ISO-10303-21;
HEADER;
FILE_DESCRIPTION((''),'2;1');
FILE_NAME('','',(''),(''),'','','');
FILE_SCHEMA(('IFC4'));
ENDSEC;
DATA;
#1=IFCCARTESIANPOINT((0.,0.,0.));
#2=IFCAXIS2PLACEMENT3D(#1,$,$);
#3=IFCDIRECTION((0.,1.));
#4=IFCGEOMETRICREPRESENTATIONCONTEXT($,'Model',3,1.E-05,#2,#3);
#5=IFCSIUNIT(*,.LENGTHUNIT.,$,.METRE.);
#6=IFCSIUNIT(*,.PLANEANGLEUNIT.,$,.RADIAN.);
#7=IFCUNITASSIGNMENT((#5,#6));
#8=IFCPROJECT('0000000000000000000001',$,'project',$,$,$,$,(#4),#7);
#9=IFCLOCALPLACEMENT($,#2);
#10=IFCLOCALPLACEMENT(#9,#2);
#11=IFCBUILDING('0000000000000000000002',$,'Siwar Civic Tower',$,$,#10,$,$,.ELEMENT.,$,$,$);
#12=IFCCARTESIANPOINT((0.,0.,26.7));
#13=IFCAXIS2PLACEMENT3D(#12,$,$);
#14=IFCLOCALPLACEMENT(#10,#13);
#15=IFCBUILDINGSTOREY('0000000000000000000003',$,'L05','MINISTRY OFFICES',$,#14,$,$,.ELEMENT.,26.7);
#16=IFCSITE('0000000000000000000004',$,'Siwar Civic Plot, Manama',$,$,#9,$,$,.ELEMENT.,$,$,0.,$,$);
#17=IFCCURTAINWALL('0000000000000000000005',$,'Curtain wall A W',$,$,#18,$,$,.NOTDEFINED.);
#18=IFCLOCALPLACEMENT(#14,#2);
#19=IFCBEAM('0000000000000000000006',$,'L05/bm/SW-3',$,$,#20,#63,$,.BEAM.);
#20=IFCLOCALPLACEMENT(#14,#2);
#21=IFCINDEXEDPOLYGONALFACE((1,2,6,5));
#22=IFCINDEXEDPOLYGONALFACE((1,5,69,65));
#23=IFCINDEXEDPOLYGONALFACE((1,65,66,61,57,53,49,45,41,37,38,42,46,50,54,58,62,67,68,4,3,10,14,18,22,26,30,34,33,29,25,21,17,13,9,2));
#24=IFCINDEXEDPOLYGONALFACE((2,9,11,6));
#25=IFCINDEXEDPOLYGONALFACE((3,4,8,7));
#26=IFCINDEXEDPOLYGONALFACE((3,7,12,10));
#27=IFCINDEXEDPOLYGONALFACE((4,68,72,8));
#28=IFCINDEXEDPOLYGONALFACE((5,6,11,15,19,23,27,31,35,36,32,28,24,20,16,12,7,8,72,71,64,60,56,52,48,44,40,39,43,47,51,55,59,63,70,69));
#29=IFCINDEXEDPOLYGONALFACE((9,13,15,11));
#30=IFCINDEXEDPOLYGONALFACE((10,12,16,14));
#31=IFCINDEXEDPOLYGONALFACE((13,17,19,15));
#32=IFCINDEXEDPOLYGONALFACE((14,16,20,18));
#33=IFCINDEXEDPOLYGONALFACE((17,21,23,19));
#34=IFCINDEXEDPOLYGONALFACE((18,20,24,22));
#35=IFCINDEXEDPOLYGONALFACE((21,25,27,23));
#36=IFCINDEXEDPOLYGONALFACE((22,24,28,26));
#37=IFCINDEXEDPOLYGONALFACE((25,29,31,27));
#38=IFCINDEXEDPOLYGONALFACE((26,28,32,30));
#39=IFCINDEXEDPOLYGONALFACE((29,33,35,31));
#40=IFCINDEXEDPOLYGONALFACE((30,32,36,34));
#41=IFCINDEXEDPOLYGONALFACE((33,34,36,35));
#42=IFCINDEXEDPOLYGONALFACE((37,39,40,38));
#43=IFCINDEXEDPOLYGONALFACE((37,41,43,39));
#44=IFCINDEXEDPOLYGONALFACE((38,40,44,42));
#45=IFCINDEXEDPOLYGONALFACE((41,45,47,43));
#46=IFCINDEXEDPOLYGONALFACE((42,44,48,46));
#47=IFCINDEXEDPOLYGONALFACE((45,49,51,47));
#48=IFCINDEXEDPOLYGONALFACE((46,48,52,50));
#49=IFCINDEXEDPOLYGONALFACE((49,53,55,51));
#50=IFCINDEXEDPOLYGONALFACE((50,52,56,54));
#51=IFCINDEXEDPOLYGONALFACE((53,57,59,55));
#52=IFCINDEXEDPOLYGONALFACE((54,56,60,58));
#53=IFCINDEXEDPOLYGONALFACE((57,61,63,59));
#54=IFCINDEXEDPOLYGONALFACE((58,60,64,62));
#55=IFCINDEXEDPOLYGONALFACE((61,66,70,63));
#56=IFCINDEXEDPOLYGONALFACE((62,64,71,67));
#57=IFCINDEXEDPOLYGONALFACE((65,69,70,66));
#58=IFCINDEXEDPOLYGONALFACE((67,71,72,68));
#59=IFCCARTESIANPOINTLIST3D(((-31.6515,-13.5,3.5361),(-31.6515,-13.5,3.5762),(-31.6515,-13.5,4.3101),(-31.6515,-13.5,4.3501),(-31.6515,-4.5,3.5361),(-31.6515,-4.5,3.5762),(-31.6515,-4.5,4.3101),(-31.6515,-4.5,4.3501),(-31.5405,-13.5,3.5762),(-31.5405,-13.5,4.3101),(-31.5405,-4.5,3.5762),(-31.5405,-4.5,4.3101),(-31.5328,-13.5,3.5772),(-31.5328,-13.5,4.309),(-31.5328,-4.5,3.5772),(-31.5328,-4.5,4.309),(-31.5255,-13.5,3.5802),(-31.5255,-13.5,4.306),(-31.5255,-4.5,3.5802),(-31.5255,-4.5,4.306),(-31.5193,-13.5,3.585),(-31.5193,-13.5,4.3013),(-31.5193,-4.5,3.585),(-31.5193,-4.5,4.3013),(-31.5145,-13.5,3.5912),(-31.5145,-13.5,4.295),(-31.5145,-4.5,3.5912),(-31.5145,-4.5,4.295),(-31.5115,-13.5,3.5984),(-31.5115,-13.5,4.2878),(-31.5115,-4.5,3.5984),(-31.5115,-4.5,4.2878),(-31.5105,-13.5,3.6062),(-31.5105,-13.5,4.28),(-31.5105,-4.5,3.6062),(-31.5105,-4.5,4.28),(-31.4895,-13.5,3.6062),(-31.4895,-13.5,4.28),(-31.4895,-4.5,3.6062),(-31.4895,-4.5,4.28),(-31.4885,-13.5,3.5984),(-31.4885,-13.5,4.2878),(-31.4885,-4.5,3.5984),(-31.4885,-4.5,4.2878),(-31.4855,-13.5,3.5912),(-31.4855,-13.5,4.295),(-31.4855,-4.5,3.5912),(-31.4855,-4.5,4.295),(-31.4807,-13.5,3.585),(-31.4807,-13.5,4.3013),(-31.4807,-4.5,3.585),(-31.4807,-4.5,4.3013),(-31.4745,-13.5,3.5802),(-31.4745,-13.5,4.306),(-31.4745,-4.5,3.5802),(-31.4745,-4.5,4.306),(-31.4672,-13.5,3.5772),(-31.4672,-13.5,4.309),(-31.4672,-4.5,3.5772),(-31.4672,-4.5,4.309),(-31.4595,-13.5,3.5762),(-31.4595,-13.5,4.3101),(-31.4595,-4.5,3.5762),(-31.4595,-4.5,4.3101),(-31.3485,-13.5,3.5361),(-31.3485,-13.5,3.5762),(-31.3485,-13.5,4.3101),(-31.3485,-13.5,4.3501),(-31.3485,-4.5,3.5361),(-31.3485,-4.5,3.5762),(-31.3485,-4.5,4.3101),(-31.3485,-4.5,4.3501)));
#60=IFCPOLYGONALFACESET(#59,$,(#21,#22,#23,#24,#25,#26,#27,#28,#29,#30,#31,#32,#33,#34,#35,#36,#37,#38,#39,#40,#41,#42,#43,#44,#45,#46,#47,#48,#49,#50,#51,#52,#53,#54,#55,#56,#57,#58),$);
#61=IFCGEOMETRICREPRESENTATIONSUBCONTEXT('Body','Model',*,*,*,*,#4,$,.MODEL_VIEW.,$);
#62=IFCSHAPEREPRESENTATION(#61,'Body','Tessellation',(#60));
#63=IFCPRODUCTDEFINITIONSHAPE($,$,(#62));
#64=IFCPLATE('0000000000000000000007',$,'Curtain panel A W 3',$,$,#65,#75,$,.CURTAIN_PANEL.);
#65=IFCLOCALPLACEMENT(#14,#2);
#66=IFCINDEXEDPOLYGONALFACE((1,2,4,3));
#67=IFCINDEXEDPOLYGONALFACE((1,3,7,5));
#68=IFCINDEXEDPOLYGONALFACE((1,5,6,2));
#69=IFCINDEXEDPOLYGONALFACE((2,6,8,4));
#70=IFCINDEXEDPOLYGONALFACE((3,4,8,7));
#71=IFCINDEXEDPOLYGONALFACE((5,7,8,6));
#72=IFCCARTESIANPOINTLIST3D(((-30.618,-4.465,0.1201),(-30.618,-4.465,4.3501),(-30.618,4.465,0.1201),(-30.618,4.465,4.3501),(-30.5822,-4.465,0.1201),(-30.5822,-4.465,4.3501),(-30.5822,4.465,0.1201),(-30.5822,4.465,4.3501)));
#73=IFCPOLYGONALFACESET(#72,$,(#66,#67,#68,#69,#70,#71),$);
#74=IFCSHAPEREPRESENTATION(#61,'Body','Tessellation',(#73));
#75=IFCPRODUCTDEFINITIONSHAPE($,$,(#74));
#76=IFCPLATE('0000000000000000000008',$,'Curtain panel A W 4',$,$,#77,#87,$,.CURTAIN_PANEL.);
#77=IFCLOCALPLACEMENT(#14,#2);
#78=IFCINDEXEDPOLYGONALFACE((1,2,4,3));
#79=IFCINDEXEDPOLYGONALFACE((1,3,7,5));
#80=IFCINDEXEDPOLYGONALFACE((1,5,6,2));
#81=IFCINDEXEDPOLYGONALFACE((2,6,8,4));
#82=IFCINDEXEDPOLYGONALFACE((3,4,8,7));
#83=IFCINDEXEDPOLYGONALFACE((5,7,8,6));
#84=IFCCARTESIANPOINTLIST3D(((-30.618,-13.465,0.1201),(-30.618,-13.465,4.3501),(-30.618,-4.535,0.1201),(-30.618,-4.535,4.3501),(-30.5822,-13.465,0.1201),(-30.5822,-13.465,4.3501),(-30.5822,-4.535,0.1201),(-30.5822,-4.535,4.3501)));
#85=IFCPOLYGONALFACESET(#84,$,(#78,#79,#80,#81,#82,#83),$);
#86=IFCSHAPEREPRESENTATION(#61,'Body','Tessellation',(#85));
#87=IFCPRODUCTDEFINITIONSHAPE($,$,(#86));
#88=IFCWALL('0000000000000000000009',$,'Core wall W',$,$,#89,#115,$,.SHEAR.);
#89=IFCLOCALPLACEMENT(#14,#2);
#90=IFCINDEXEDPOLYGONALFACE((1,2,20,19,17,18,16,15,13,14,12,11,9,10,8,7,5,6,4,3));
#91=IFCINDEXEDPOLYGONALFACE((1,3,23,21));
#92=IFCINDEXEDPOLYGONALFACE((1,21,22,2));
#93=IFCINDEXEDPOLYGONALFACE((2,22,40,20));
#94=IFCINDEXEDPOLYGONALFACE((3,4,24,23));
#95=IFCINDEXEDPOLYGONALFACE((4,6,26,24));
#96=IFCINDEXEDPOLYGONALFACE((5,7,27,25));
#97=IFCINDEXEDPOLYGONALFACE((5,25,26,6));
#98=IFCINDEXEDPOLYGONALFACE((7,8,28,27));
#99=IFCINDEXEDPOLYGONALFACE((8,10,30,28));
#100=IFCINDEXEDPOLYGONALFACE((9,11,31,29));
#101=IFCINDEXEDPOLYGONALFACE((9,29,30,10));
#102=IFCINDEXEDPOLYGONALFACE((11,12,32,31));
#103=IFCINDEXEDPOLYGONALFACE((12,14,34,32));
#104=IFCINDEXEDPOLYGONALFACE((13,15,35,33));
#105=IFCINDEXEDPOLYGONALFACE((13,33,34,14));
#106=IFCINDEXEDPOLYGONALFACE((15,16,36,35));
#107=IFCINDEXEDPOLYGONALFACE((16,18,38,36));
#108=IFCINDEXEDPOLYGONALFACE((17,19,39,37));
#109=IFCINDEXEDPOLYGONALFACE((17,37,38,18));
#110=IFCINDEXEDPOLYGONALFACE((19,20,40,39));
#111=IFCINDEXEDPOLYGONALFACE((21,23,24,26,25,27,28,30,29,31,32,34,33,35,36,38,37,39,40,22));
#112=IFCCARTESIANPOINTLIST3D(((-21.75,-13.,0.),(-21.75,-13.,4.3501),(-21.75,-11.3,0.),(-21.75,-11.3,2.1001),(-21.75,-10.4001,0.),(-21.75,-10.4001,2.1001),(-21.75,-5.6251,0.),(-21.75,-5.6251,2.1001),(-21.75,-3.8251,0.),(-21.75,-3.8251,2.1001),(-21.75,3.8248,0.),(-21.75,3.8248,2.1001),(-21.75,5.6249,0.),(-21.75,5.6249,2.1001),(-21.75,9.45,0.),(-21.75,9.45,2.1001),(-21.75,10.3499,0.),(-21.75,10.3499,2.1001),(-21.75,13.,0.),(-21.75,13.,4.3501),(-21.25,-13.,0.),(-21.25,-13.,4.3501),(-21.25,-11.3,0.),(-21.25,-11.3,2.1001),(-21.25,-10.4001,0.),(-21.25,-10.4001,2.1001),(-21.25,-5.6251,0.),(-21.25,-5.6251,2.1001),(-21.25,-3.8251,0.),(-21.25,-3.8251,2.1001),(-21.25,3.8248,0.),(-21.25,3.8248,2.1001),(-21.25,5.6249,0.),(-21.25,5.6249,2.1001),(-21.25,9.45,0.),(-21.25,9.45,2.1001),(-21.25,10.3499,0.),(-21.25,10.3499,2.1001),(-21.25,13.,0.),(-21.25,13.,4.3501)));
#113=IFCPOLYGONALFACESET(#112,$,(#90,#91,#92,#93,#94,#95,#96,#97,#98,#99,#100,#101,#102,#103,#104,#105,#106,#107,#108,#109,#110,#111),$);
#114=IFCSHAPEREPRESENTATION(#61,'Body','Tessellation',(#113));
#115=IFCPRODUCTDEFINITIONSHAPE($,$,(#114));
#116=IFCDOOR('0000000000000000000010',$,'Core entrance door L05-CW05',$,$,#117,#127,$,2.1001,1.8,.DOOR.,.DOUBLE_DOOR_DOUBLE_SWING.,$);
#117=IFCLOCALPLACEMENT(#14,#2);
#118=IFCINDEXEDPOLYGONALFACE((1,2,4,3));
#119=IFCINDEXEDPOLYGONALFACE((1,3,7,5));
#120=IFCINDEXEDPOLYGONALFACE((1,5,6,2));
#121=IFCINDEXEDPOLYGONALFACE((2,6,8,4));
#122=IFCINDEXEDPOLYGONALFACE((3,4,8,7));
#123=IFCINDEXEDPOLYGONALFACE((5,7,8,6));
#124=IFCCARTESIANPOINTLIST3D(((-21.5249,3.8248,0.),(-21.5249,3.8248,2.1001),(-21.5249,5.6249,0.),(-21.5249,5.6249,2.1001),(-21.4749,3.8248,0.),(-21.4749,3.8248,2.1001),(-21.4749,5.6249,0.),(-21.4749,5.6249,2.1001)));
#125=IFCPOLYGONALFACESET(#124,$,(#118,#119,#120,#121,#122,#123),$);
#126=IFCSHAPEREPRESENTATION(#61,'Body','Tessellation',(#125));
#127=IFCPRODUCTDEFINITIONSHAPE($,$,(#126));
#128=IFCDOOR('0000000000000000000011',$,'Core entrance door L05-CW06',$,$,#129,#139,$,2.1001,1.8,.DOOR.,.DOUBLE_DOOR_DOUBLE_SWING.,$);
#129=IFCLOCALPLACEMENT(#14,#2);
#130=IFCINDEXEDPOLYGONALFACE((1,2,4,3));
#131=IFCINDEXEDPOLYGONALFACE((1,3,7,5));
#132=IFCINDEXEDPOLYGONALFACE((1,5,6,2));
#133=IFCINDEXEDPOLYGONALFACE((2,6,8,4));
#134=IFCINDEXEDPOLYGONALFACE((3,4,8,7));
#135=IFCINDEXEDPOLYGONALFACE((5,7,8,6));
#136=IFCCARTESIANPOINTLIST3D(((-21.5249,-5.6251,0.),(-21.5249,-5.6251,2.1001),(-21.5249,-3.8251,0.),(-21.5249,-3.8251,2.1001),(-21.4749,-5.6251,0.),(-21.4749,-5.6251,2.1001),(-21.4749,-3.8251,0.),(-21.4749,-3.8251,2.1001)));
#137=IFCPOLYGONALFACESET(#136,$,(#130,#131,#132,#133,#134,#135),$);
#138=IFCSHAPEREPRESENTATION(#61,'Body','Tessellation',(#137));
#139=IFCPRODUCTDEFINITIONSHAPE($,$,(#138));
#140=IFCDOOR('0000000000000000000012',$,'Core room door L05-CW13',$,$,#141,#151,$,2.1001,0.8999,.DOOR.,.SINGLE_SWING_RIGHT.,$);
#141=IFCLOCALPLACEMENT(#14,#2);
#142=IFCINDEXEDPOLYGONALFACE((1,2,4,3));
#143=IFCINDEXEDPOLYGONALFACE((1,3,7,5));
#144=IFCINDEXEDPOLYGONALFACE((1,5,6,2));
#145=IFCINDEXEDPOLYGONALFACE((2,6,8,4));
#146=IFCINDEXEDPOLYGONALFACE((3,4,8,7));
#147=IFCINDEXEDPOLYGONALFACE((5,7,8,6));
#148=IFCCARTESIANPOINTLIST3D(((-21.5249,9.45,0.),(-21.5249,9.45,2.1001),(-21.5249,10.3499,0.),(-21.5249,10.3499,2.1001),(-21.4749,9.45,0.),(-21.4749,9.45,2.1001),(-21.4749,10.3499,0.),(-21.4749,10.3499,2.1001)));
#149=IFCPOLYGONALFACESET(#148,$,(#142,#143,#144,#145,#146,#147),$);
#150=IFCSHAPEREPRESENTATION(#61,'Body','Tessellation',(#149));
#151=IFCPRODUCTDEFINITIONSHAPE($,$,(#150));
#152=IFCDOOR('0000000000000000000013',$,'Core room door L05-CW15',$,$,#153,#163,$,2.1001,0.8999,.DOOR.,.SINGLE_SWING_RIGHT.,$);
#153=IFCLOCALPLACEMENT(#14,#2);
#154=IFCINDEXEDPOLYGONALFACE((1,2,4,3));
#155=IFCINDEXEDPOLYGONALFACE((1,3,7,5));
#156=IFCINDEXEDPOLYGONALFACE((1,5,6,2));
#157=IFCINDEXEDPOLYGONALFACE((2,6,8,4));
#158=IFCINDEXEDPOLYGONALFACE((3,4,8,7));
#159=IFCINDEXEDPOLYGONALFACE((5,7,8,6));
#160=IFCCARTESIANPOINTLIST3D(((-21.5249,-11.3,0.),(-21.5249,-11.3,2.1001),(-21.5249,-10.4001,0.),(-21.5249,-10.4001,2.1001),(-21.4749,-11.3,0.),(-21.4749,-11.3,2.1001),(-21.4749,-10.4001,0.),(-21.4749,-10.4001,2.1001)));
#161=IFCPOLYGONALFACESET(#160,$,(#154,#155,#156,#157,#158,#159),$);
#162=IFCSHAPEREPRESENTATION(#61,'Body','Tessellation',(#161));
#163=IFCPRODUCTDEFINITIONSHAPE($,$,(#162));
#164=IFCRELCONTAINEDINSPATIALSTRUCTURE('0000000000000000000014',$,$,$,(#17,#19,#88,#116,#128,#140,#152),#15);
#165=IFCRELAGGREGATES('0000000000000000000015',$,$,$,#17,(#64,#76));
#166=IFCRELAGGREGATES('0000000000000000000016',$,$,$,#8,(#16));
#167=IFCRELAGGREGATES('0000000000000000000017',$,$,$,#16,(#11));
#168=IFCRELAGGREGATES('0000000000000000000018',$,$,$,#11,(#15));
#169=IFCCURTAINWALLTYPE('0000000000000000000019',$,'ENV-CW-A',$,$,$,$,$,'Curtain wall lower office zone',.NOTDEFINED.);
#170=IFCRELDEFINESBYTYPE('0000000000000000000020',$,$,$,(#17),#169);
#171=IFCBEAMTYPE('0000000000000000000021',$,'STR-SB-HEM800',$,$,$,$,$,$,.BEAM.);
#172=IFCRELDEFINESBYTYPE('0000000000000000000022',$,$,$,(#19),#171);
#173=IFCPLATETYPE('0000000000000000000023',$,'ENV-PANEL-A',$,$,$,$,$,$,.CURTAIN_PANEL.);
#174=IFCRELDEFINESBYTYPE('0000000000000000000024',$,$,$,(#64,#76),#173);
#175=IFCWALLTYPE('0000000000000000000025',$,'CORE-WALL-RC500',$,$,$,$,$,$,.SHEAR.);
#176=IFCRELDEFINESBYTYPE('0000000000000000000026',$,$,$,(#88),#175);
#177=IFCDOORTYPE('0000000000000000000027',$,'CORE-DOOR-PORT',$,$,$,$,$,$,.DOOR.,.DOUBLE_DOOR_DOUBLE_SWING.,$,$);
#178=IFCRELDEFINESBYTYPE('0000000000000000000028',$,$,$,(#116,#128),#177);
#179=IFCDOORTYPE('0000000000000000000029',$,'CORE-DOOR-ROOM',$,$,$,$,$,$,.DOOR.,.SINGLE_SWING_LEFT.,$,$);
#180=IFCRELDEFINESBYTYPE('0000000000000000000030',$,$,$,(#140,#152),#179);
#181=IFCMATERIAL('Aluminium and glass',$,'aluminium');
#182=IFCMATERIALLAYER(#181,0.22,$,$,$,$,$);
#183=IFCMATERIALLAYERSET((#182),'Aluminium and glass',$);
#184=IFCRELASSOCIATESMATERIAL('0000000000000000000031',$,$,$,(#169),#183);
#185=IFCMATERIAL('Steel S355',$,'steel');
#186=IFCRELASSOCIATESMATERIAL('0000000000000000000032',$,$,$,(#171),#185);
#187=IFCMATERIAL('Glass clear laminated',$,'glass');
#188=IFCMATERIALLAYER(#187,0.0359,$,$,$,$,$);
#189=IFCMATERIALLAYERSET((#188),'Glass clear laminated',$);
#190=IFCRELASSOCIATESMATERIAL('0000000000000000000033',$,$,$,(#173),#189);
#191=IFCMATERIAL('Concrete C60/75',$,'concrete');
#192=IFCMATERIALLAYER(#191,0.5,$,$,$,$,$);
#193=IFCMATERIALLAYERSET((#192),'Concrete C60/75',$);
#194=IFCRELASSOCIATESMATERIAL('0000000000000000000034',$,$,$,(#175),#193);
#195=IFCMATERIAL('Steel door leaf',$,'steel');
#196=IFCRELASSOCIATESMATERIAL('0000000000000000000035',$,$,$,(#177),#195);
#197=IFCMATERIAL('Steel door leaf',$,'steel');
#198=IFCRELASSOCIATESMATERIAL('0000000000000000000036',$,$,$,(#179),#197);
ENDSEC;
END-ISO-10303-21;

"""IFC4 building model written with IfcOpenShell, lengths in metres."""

from ifc_helpers import new_model, si_unit, direction, frame, frame_2d, origin, origin_2d, place, context, subcontext, project, spatial, rectangle, i_section, extrude, material, layer, layer_set, material_profile, profile_set, type_object, element, fill, aggregate, save


model = new_model("IFC4")

# Units and contexts
model_context = context("Model", 3, precision=1e-05, world=origin(), true_north=direction((0.0, 1.0)))
body_context = subcontext(model_context, "Body", "Model", "MODEL_VIEW")
ifc_project = project(units=[si_unit("LENGTHUNIT", "METRE"), si_unit("PLANEANGLEUNIT", "RADIAN")], contexts=[model_context])

# Site, building, storey
site_placement = place(None, origin())
site = spatial("IfcSite", under=ifc_project, at=site_placement, Name="Siwar Civic Plot, Manama", CompositionType="ELEMENT", RefElevation=0.0)
building_placement = place(site_placement, origin())
building = spatial("IfcBuilding", under=site, at=building_placement, Name="Siwar Civic Tower", CompositionType="ELEMENT")
storey_placement = place(building_placement, frame((0.0, 0.0, 26.7)))
storey = spatial("IfcBuildingStorey", under=building, at=storey_placement, Name="L05", Description="MINISTRY OFFICES", CompositionType="ELEMENT", Elevation=26.7)

# Curtain wall
ifc_material_1 = material(Name="Aluminium and glass", Category="aluminium")
ifc_layer_1 = layer(ifc_material_1, 0.22)
ifc_layer_set_1 = layer_set([ifc_layer_1], Name="Aluminium and glass")
curtain_wall_type = type_object("IfcCurtainWallType", Name="ENV-CW-A", ElementType="Curtain wall lower office zone", PredefinedType="NOTDEFINED", material=ifc_layer_set_1)
curtain_wall_placement = place(storey_placement, origin())
curtain_wall = element("IfcCurtainWall", 1, at=curtain_wall_placement, inside=storey, type_object=curtain_wall_type, Name="Curtain wall A W", PredefinedType="NOTDEFINED")

# Beam
ifc_material_2 = material(Name="Steel S355", Category="steel")
ifc_material_profile_1 = material_profile(ifc_material_2, i_section(OverallWidth=0.303, OverallDepth=0.814, WebThickness=0.021, FlangeThickness=0.04, FilletRadius=0.03, at=origin_2d()), Name="HEM800")
ifc_profile_set_1 = profile_set([ifc_material_profile_1], Name="Steel S355")
beam_type_1 = type_object("IfcBeamType", Name="STR-SB-HEM800", PredefinedType="BEAM", material=ifc_profile_set_1)
beam_1_placement = place(storey_placement, frame((-31.5, -4.5, 3.9431), z_axis=(0.0, -1.0, 0.0), x_axis=(1.0, 0.0, 0.0)))
element("IfcBeam", 2, at=beam_1_placement, inside=storey, type_object=beam_type_1, Name="L05/bm/SW-3", PredefinedType="BEAM", context=body_context, shape_type="SweptSolid", body=[
    extrude(i_section(OverallWidth=0.303, OverallDepth=0.814, WebThickness=0.021, FlangeThickness=0.04, FilletRadius=0.03, at=origin_2d()), origin(), (0.0, 0.0, 1.0), 9.0),
])

# Plates
ifc_material_3 = material(Name="Glass clear laminated", Category="glass")
ifc_layer_2 = layer(ifc_material_3, 0.0359)
ifc_layer_set_2 = layer_set([ifc_layer_2], Name="Glass clear laminated")
plate_type = type_object("IfcPlateType", Name="ENV-PANEL-A", PredefinedType="CURTAIN_PANEL", material=ifc_layer_set_2)
plate_1_placement = place(storey_placement, frame((-30.6001, 0.0, 0.1201), z_axis=(0.0, 0.0, 1.0), x_axis=(0.0, -1.0, 0.0)))
plate_1 = element("IfcPlate", 3, at=plate_1_placement, type_object=plate_type, Name="Curtain panel A W 3", PredefinedType="CURTAIN_PANEL", context=body_context, shape_type="SweptSolid", body=[
    extrude(rectangle(XDim=8.9299, YDim=0.0359, at=origin_2d()), origin(), (0.0, 0.0, 1.0), 4.23),
])
plate_2_placement = place(storey_placement, frame((-30.6001, -9.0, 0.1201), z_axis=(0.0, 0.0, 1.0), x_axis=(0.0, -1.0, 0.0)))
plate_2 = element("IfcPlate", 4, at=plate_2_placement, type_object=plate_type, Name="Curtain panel A W 4", PredefinedType="CURTAIN_PANEL", context=body_context, shape_type="SweptSolid", body=[
    extrude(rectangle(XDim=8.9299, YDim=0.0359, at=origin_2d()), origin(), (0.0, 0.0, 1.0), 4.23),
])
aggregate(curtain_wall, [plate_1, plate_2])

# Wall, openings, doors
ifc_material_4 = material(Name="Concrete C60/75", Category="concrete")
ifc_layer_3 = layer(ifc_material_4, 0.5)
ifc_layer_set_3 = layer_set([ifc_layer_3], Name="Concrete C60/75")
wall_type_1 = type_object("IfcWallType", Name="CORE-WALL-RC500", PredefinedType="SHEAR", material=ifc_layer_set_3)
wall_1_placement = place(storey_placement, frame((-21.5, -13.0, 0.0), z_axis=(0.0, 0.0, 1.0), x_axis=(0.0, 1.0, 0.0)))
wall_1 = element("IfcWall", 5, at=wall_1_placement, inside=storey, type_object=wall_type_1, Name="Core wall W", PredefinedType="SHEAR", context=body_context, shape_type="SweptSolid", body=[
    extrude(rectangle(XDim=26.0, YDim=0.5, at=frame_2d((13.0, 0.0))), origin(), (0.0, 0.0, 1.0), 4.3501),
])
opening_1_placement = place(wall_1_placement, frame((16.825, 0.0, 0.0)))
opening_1 = element("IfcOpeningElement", 6, at=opening_1_placement, cuts=wall_1, PredefinedType="OPENING", context=body_context, shape_type="SweptSolid", body=[
    extrude(rectangle(XDim=1.8, YDim=2.1001, at=frame_2d((0.8999, 1.05))), frame((0.0, 0.26, 0.0), z_axis=(0.0, -1.0, 0.0), x_axis=(1.0, 0.0, 0.0)), (0.0, 0.0, 1.0), 0.52),
])
opening_2_placement = place(wall_1_placement, frame((7.375, 0.0, 0.0)))
opening_2 = element("IfcOpeningElement", 7, at=opening_2_placement, cuts=wall_1, PredefinedType="OPENING", context=body_context, shape_type="SweptSolid", body=[
    extrude(rectangle(XDim=1.8, YDim=2.1001, at=frame_2d((0.8999, 1.05))), frame((0.0, 0.26, 0.0), z_axis=(0.0, -1.0, 0.0), x_axis=(1.0, 0.0, 0.0)), (0.0, 0.0, 1.0), 0.52),
])
opening_3_placement = place(wall_1_placement, frame((22.45, 0.0, 0.0)))
opening_3 = element("IfcOpeningElement", 8, at=opening_3_placement, cuts=wall_1, PredefinedType="OPENING", context=body_context, shape_type="SweptSolid", body=[
    extrude(rectangle(XDim=0.8999, YDim=2.1001, at=frame_2d((0.45, 1.05))), frame((0.0, 0.26, 0.0), z_axis=(0.0, -1.0, 0.0), x_axis=(1.0, 0.0, 0.0)), (0.0, 0.0, 1.0), 0.52),
])
opening_4_placement = place(wall_1_placement, frame((1.7, 0.0, 0.0)))
opening_4 = element("IfcOpeningElement", 9, at=opening_4_placement, cuts=wall_1, PredefinedType="OPENING", context=body_context, shape_type="SweptSolid", body=[
    extrude(rectangle(XDim=0.8999, YDim=2.1001, at=frame_2d((0.45, 1.05))), frame((0.0, 0.26, 0.0), z_axis=(0.0, -1.0, 0.0), x_axis=(1.0, 0.0, 0.0)), (0.0, 0.0, 1.0), 0.52),
])
ifc_material_5 = material(Name="Steel door leaf", Category="steel")
door_type_1 = type_object("IfcDoorType", Name="CORE-DOOR-PORT", OperationType="DOUBLE_DOOR_DOUBLE_SWING", PredefinedType="DOOR", material=ifc_material_5)
door_1_placement = place(opening_1_placement, origin())
door_1 = element("IfcDoor", 10, at=door_1_placement, inside=storey, type_object=door_type_1, Name="Core entrance door L05-CW05", OperationType="DOUBLE_DOOR_DOUBLE_SWING", OverallHeight=2.1001, OverallWidth=1.8, PredefinedType="DOOR", context=body_context, shape_type="SweptSolid", body=[
    extrude(rectangle(XDim=1.8, YDim=2.1001, at=frame_2d((0.8999, 1.05))), frame((0.0, 0.0249, 0.0), z_axis=(0.0, -1.0, 0.0), x_axis=(1.0, 0.0, 0.0)), (0.0, 0.0, 1.0), 0.05),
])
fill(opening_1, door_1)
door_2_placement = place(opening_2_placement, origin())
door_2 = element("IfcDoor", 11, at=door_2_placement, inside=storey, type_object=door_type_1, Name="Core entrance door L05-CW06", OperationType="DOUBLE_DOOR_DOUBLE_SWING", OverallHeight=2.1001, OverallWidth=1.8, PredefinedType="DOOR", context=body_context, shape_type="SweptSolid", body=[
    extrude(rectangle(XDim=1.8, YDim=2.1001, at=frame_2d((0.8999, 1.05))), frame((0.0, 0.0249, 0.0), z_axis=(0.0, -1.0, 0.0), x_axis=(1.0, 0.0, 0.0)), (0.0, 0.0, 1.0), 0.05),
])
fill(opening_2, door_2)
ifc_material_6 = material(Name="Steel door leaf", Category="steel")
door_type_2 = type_object("IfcDoorType", Name="CORE-DOOR-ROOM", OperationType="SINGLE_SWING_LEFT", PredefinedType="DOOR", material=ifc_material_6)
door_3_placement = place(opening_3_placement, origin())
door_3 = element("IfcDoor", 12, at=door_3_placement, inside=storey, type_object=door_type_2, Name="Core room door L05-CW13", OperationType="SINGLE_SWING_RIGHT", OverallHeight=2.1001, OverallWidth=0.8999, PredefinedType="DOOR", context=body_context, shape_type="SweptSolid", body=[
    extrude(rectangle(XDim=0.8999, YDim=2.1001, at=frame_2d((0.45, 1.05))), frame((0.0, 0.0249, 0.0), z_axis=(0.0, -1.0, 0.0), x_axis=(1.0, 0.0, 0.0)), (0.0, 0.0, 1.0), 0.05),
])
fill(opening_3, door_3)
door_4_placement = place(opening_4_placement, origin())
door_4 = element("IfcDoor", 13, at=door_4_placement, inside=storey, type_object=door_type_2, Name="Core room door L05-CW15", OperationType="SINGLE_SWING_RIGHT", OverallHeight=2.1001, OverallWidth=0.8999, PredefinedType="DOOR", context=body_context, shape_type="SweptSolid", body=[
    extrude(rectangle(XDim=0.8999, YDim=2.1001, at=frame_2d((0.45, 1.05))), frame((0.0, 0.0249, 0.0), z_axis=(0.0, -1.0, 0.0), x_axis=(1.0, 0.0, 0.0)), (0.0, 0.0, 1.0), 0.05),
])
fill(opening_4, door_4)

save(model, "model.ifc")
